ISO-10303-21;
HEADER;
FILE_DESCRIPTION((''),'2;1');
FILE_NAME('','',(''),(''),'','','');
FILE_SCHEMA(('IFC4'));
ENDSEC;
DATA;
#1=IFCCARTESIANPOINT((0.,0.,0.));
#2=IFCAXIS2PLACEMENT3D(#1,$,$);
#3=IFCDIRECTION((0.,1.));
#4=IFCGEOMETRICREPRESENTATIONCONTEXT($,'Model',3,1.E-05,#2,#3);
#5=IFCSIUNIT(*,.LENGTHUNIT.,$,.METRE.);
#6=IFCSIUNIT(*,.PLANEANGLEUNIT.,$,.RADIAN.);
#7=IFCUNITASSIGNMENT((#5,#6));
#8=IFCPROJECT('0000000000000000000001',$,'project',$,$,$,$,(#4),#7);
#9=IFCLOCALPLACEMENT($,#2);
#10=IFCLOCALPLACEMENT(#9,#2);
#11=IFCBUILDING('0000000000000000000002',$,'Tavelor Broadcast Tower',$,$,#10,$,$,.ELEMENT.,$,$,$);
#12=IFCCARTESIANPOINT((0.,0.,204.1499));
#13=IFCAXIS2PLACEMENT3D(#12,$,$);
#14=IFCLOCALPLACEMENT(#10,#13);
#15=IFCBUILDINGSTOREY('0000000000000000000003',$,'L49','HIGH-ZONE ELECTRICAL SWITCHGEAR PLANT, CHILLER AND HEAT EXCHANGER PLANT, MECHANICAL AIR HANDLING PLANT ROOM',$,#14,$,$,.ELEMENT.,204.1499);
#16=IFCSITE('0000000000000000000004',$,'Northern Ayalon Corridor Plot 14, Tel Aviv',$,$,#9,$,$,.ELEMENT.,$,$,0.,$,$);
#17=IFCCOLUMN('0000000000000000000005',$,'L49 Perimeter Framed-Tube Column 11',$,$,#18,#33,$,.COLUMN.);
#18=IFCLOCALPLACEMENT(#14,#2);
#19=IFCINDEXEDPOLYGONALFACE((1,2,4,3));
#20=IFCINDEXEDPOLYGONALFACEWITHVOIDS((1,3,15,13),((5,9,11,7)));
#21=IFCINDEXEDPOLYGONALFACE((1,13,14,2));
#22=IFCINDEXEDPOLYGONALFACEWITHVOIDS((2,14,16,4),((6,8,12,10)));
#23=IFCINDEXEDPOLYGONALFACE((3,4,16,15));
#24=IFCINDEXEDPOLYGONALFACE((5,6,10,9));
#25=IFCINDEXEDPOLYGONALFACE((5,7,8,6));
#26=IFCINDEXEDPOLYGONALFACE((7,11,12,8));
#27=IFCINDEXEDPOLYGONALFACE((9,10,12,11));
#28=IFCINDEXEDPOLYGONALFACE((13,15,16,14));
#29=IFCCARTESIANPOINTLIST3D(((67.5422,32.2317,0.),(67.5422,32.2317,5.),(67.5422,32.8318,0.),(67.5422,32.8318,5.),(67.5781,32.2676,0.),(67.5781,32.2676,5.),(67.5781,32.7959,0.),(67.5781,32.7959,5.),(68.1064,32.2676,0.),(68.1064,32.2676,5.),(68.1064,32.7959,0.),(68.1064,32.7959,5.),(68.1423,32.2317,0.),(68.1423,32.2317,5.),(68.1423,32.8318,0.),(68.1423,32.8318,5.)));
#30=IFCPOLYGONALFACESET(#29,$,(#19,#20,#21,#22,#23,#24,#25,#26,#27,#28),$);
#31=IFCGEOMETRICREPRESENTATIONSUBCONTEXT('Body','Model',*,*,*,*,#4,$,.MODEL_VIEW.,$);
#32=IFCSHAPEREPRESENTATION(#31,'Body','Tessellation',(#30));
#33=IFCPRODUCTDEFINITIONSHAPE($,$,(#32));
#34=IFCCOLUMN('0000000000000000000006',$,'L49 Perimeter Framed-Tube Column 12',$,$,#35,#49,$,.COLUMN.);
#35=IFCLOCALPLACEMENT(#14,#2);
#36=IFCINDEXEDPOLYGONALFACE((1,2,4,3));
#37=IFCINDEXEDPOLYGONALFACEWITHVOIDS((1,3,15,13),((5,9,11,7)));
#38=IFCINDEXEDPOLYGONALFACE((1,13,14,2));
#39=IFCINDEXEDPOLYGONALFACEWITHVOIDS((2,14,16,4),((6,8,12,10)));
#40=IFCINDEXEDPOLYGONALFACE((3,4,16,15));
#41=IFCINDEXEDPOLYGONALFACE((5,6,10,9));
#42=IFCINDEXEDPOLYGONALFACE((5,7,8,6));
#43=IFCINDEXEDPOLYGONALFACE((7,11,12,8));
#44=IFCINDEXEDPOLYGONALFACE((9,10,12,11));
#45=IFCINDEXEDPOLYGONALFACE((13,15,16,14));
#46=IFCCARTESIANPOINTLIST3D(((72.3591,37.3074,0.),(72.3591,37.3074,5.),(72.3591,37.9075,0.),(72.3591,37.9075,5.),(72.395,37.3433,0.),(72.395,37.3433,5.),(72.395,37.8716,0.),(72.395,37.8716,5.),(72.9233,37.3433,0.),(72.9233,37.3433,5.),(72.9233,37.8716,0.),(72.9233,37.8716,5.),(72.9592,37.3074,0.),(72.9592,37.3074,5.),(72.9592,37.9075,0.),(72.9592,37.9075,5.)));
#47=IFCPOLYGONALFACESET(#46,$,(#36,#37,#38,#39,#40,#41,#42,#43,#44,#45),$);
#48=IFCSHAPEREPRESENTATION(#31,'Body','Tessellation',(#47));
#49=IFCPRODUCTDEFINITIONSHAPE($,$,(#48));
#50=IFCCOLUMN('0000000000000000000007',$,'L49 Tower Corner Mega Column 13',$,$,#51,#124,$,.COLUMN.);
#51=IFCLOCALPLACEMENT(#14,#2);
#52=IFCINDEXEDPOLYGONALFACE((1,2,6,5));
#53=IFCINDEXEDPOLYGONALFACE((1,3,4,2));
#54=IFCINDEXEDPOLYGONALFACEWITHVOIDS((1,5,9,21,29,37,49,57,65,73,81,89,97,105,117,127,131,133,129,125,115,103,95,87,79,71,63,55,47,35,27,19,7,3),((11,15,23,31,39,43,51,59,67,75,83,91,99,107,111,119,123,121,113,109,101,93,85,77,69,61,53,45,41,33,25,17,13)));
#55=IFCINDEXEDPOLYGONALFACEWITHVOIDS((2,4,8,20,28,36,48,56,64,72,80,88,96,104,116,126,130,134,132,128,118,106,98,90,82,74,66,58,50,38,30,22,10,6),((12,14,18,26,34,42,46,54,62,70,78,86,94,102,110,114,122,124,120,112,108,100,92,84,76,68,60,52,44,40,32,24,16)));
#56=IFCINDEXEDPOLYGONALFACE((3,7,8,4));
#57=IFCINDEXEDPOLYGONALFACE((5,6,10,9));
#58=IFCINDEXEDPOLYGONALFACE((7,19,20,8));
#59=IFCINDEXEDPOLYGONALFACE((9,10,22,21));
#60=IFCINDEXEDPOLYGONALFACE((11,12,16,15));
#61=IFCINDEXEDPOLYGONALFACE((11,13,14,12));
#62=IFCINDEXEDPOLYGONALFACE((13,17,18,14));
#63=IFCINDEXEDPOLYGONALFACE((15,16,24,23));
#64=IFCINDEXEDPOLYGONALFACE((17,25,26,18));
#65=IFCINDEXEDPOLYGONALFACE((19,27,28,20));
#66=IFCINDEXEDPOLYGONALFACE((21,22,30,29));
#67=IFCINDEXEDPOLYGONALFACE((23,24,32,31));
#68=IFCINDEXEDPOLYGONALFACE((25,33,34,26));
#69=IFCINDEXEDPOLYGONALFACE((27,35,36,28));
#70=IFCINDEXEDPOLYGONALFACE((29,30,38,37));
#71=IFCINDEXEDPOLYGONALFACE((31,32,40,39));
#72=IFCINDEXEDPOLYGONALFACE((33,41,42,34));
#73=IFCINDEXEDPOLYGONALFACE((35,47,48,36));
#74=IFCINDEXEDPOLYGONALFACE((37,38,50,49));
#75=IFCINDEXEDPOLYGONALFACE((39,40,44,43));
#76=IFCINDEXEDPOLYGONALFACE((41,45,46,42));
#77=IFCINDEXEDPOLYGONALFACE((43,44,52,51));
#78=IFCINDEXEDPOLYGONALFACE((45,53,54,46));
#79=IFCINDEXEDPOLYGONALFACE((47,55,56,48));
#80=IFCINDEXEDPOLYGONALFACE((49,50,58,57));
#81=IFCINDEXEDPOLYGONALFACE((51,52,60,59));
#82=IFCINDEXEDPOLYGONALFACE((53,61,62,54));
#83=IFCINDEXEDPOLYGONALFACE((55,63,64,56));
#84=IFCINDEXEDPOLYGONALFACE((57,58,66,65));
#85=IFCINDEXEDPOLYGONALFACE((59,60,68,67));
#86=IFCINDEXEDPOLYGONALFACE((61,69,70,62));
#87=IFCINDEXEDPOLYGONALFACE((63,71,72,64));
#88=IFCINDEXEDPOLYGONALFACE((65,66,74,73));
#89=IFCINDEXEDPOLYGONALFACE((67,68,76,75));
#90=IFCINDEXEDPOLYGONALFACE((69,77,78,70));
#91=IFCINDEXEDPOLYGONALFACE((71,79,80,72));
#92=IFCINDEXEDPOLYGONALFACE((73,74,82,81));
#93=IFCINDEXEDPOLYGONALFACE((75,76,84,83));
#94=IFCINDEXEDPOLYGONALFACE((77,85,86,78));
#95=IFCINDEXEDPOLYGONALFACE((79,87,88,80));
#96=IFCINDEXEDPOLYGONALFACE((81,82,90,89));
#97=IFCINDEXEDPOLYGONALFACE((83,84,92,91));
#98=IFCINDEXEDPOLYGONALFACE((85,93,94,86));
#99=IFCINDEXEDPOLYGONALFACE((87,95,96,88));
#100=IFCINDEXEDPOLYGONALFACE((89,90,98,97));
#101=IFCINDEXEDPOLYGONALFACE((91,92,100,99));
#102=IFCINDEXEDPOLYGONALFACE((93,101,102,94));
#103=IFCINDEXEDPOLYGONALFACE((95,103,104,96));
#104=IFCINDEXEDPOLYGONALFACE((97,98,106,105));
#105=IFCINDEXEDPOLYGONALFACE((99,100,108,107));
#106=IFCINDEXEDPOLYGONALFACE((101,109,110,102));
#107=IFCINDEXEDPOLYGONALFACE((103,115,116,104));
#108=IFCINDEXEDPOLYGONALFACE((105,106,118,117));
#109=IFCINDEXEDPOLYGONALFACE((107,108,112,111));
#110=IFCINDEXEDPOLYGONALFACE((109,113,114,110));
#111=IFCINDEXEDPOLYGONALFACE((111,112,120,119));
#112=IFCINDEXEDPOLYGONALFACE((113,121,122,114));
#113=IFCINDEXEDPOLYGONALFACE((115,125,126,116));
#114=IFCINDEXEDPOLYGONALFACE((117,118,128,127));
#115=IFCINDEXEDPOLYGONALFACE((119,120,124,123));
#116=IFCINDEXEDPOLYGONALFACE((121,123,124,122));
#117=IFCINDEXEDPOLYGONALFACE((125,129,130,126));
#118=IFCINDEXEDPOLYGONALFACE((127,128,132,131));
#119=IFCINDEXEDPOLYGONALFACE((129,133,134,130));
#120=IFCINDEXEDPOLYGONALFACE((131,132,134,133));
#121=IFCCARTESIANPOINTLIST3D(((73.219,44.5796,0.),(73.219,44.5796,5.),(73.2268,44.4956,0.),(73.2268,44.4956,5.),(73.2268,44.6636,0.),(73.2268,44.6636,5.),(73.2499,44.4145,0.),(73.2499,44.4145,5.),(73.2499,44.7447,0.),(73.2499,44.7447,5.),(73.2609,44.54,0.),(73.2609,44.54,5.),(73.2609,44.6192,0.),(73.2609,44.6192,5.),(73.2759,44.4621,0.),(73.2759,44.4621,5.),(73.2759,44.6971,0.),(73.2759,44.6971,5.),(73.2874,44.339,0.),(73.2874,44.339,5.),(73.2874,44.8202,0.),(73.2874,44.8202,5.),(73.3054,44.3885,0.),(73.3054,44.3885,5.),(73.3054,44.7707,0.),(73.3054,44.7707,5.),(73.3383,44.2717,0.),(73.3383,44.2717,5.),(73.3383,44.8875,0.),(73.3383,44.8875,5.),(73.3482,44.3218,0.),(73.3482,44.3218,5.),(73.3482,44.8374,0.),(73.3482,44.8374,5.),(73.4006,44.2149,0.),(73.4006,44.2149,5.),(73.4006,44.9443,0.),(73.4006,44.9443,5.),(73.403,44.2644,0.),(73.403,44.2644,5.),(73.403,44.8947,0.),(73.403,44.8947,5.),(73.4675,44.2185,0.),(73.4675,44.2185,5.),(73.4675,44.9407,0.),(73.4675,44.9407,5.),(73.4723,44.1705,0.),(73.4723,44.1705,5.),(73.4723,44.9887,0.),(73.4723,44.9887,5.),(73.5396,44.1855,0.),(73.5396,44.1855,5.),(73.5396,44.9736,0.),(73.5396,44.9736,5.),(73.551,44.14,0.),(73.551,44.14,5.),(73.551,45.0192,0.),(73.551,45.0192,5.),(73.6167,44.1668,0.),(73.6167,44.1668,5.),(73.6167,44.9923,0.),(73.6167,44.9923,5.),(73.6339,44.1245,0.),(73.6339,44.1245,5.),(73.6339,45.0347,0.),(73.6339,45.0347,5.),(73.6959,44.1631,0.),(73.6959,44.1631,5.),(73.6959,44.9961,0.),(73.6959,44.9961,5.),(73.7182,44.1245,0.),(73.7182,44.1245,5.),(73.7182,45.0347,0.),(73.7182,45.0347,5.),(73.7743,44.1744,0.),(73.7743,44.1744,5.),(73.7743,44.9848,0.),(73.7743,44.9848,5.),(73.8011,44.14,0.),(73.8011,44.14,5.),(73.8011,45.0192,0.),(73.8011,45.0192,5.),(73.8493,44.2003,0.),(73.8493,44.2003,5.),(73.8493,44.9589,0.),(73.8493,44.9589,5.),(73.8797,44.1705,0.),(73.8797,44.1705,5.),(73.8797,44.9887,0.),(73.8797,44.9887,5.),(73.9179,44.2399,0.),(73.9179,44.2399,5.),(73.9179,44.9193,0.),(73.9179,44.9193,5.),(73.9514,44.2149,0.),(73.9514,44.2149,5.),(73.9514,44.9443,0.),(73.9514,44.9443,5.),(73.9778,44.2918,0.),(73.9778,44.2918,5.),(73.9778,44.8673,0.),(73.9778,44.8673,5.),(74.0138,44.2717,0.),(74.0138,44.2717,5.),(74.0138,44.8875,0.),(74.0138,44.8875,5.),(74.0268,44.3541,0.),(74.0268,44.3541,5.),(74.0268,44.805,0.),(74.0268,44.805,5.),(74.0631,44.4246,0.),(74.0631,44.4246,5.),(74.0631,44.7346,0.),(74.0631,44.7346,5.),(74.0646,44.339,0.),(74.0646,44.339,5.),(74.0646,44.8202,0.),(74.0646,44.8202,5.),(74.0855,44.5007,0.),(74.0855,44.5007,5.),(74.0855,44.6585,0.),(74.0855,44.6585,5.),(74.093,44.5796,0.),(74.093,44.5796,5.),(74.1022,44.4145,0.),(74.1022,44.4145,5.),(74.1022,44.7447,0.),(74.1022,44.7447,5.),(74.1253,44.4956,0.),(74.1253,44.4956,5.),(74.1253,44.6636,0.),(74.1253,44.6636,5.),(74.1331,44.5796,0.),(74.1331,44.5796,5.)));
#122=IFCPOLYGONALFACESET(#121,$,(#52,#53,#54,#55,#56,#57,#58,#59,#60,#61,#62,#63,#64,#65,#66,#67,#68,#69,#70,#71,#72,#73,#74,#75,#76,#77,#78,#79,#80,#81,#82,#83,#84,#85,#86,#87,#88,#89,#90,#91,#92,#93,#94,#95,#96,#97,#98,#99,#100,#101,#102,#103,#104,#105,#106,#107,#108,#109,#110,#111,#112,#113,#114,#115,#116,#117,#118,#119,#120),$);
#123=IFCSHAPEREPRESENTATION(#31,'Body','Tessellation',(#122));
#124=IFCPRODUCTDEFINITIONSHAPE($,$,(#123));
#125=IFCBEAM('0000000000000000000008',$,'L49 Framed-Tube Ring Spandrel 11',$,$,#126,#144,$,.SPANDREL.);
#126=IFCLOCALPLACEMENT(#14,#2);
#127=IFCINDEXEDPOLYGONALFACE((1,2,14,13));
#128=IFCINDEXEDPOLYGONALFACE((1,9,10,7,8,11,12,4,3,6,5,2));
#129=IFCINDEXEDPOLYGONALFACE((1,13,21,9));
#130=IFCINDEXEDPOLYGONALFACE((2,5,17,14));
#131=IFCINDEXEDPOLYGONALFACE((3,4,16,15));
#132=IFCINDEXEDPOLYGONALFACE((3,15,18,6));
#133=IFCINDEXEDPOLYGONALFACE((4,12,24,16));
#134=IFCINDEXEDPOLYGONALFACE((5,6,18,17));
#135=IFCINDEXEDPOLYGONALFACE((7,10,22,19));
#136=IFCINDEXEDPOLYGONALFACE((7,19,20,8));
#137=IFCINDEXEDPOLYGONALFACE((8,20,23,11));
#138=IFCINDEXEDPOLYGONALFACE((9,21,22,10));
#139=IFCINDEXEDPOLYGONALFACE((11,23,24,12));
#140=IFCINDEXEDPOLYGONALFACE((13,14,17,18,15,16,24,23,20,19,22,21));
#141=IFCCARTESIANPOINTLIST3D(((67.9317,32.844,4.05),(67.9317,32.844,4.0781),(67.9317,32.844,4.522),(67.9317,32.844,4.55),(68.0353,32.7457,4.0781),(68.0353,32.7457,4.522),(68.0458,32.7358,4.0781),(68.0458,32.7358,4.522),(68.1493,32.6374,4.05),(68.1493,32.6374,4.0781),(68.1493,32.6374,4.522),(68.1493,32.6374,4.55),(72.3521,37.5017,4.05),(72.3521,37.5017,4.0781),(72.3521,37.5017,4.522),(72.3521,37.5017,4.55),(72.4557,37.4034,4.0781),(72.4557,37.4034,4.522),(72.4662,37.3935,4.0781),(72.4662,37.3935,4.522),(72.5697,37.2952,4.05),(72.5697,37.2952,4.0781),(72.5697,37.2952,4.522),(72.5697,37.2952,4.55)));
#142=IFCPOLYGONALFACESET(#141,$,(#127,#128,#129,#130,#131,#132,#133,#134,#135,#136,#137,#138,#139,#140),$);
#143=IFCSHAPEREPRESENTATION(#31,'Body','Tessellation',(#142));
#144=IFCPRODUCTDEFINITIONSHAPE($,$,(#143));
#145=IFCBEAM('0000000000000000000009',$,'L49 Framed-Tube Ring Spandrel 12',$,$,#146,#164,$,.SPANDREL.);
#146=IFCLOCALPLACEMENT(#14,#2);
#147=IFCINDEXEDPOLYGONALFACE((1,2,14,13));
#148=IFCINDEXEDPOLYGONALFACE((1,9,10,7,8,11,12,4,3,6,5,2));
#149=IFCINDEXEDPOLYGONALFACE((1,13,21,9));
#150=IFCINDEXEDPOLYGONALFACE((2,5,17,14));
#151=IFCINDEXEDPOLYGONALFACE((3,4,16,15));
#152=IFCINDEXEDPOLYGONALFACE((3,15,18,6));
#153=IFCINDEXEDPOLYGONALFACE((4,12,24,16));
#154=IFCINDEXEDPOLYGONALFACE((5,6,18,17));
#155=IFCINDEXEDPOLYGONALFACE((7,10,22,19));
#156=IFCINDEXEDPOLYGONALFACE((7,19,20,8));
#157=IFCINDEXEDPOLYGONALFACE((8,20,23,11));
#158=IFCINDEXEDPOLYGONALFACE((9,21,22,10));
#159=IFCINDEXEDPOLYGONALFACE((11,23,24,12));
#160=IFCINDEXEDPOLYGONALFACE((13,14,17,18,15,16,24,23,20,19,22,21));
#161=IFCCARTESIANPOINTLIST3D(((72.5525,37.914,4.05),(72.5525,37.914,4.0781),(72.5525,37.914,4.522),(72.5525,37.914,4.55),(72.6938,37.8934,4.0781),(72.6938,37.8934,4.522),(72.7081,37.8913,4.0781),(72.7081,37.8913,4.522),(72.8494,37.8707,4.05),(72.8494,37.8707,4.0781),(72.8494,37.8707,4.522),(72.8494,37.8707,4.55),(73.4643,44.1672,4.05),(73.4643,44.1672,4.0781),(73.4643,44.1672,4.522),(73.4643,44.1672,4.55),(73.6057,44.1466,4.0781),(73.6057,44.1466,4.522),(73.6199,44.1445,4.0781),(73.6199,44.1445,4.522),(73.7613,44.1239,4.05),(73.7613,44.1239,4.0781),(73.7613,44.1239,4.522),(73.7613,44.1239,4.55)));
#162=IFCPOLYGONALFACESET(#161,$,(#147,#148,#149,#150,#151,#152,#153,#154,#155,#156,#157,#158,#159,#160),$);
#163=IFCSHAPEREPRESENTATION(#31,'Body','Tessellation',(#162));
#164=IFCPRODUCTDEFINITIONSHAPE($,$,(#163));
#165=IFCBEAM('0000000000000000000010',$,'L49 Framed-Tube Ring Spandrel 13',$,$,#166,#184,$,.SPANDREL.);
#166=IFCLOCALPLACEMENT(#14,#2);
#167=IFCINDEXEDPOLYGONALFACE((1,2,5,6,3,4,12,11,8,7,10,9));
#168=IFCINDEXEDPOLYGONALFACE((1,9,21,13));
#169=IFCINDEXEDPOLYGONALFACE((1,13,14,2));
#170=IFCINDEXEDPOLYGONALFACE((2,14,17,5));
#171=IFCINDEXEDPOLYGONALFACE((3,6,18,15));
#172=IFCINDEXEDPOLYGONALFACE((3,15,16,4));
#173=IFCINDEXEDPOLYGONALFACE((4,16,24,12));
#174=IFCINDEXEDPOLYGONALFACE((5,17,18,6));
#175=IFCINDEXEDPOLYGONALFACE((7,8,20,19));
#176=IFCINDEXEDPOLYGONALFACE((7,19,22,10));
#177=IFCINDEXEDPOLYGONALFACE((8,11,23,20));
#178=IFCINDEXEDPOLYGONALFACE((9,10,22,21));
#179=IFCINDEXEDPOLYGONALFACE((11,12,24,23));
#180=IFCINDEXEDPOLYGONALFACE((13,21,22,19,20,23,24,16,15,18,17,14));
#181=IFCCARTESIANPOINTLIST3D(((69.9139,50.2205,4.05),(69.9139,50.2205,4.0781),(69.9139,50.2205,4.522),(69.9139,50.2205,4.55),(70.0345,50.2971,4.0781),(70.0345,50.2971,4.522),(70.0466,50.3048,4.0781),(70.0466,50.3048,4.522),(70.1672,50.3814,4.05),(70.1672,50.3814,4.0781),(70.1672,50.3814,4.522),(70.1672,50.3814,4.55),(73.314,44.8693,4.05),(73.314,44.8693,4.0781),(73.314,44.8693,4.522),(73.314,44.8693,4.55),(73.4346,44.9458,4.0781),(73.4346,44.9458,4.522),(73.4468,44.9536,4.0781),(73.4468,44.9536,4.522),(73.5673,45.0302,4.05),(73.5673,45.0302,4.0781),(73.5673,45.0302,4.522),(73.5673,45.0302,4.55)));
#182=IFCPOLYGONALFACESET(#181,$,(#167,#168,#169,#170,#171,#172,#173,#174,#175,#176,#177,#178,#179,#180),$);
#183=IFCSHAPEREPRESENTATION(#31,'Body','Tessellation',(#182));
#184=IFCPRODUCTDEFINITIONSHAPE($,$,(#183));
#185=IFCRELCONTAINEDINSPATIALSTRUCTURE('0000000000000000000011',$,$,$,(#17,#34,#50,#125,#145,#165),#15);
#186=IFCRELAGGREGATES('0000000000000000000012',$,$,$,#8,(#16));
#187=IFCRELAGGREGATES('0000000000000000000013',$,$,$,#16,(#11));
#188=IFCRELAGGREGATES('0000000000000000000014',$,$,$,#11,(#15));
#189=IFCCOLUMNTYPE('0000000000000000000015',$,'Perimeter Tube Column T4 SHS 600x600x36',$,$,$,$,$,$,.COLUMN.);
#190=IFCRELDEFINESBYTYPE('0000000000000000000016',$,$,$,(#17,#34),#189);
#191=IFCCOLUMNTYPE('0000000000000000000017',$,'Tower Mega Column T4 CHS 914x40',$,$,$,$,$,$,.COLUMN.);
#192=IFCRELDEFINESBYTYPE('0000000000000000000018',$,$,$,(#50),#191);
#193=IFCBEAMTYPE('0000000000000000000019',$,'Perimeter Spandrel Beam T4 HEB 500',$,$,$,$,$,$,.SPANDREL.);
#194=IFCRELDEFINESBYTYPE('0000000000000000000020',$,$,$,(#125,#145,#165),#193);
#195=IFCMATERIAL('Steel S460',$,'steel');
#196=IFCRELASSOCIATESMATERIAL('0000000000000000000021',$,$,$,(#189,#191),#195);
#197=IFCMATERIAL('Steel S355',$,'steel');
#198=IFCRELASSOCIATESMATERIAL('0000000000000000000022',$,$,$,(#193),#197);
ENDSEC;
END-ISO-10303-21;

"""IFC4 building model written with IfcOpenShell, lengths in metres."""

from ifc_helpers import new_model, si_unit, direction, frame, origin, origin_2d, place, context, subcontext, project, spatial, hollow_rectangle, hollow_circle, i_section, extrude, material, material_profile, profile_set, type_object, element, save


model = new_model("IFC4")

# Units and contexts
model_context = context("Model", 3, precision=1e-05, world=origin(), true_north=direction((0.0, 1.0)))
body_context = subcontext(model_context, "Body", "Model", "MODEL_VIEW")
ifc_project = project(units=[si_unit("LENGTHUNIT", "METRE"), si_unit("PLANEANGLEUNIT", "RADIAN")], contexts=[model_context])

# Site, building, storey
site_placement = place(None, origin())
site = spatial("IfcSite", under=ifc_project, at=site_placement, Name="Northern Ayalon Corridor Plot 14, Tel Aviv", CompositionType="ELEMENT", RefElevation=0.0)
building_placement = place(site_placement, origin())
building = spatial("IfcBuilding", under=site, at=building_placement, Name="Tavelor Broadcast Tower", CompositionType="ELEMENT")
storey_placement = place(building_placement, frame((0.0, 0.0, 204.1499)))
storey = spatial("IfcBuildingStorey", under=building, at=storey_placement, Name="L49", Description="HIGH-ZONE ELECTRICAL SWITCHGEAR PLANT, CHILLER AND HEAT EXCHANGER PLANT, MECHANICAL AIR HANDLING PLANT ROOM", CompositionType="ELEMENT", Elevation=204.1499)

# Columns
ifc_material_1 = material(Name="Steel S460", Category="steel")
ifc_material_profile_1 = material_profile(ifc_material_1, hollow_rectangle(XDim=0.6001, YDim=0.6001, WallThickness=0.0359, at=origin_2d()), Name="SHS 600x600x36")
ifc_profile_set_1 = profile_set([ifc_material_profile_1], Name="Steel S460")
column_type_1 = type_object("IfcColumnType", Name="Perimeter Tube Column T4 SHS 600x600x36", PredefinedType="COLUMN", material=ifc_profile_set_1)
for number, where, z_axis, x_axis, name in (
    (1, (67.8423, 32.5317, 0.0), (0.0, 0.0, 1.0), (1.0, 0.0, 0.0), "L49 Perimeter Framed-Tube Column 11"),
    (2, (72.6592, 37.6074, 0.0), (0.0, 0.0, 1.0), (1.0, 0.0, 0.0), "L49 Perimeter Framed-Tube Column 12"),
):
    element("IfcColumn", number, at=place(storey_placement, frame(where, z_axis=z_axis, x_axis=x_axis)), inside=storey, type_object=column_type_1, Name=name, PredefinedType="COLUMN", context=body_context, shape_type="SweptSolid", body=[
        extrude(hollow_rectangle(XDim=0.6001, YDim=0.6001, WallThickness=0.0359, at=origin_2d()), origin(), (0.0, 0.0, 1.0), 5.0),
    ])
ifc_material_profile_2 = material_profile(ifc_material_1, hollow_circle(Radius=0.457, WallThickness=0.04, at=origin_2d()), Name="CHS 914x40")
ifc_profile_set_2 = profile_set([ifc_material_profile_2], Name="Steel S460")
column_type_2 = type_object("IfcColumnType", Name="Tower Mega Column T4 CHS 914x40", PredefinedType="COLUMN", material=ifc_profile_set_2)
column_placement = place(storey_placement, frame((73.676, 44.5796, 0.0), z_axis=(0.0, 0.0, 1.0), x_axis=(1.0, 0.0, 0.0)))
element("IfcColumn", 3, at=column_placement, inside=storey, type_object=column_type_2, Name="L49 Tower Corner Mega Column 13", PredefinedType="COLUMN", context=body_context, shape_type="SweptSolid", body=[
    extrude(hollow_circle(Radius=0.457, WallThickness=0.04, at=origin_2d()), origin(), (0.0, 0.0, 1.0), 5.0),
])

# Beams
ifc_material_2 = material(Name="Steel S355", Category="steel")
ifc_material_profile_3 = material_profile(ifc_material_2, i_section(OverallWidth=0.3, OverallDepth=0.5, WebThickness=0.0144, FlangeThickness=0.0281, at=origin_2d()), Name="HEB 500")
ifc_profile_set_3 = profile_set([ifc_material_profile_3], Name="Steel S355")
beam_type = type_object("IfcBeamType", Name="Perimeter Spandrel Beam T4 HEB 500", PredefinedType="SPANDREL", material=ifc_profile_set_3)
beam_1_placement = place(storey_placement, frame((68.0405, 32.7407, 4.3), z_axis=(0.688388, 0.725343, 0.0), x_axis=(-0.725343, 0.688388, 0.0)))
element("IfcBeam", 4, at=beam_1_placement, inside=storey, type_object=beam_type, Name="L49 Framed-Tube Ring Spandrel 11", PredefinedType="SPANDREL", context=body_context, shape_type="SweptSolid", body=[
    extrude(i_section(OverallWidth=0.3, OverallDepth=0.5, WebThickness=0.0144, FlangeThickness=0.0281, at=origin_2d()), origin(), (0.0, 0.0, 1.0), 6.4214),
])
beam_2_placement = place(storey_placement, frame((72.7009, 37.8923, 4.3), z_axis=(0.144298, 0.989534, 0.0), x_axis=(-0.989534, 0.144298, 0.0)))
element("IfcBeam", 5, at=beam_2_placement, inside=storey, type_object=beam_type, Name="L49 Framed-Tube Ring Spandrel 12", PredefinedType="SPANDREL", context=body_context, shape_type="SweptSolid", body=[
    extrude(i_section(OverallWidth=0.3, OverallDepth=0.5, WebThickness=0.0144, FlangeThickness=0.0281, at=origin_2d()), origin(), (0.0, 0.0, 1.0), 6.3193),
])
beam_3_placement = place(storey_placement, frame((73.4407, 44.9497, 4.3), z_axis=(-0.536287, 0.844035, 0.0), x_axis=(-0.844035, -0.536287, 0.0)))
element("IfcBeam", 6, at=beam_3_placement, inside=storey, type_object=beam_type, Name="L49 Framed-Tube Ring Spandrel 13", PredefinedType="SPANDREL", context=body_context, shape_type="SweptSolid", body=[
    extrude(i_section(OverallWidth=0.3, OverallDepth=0.5, WebThickness=0.0144, FlangeThickness=0.0281, at=origin_2d()), origin(), (0.0, 0.0, 1.0), 6.3401),
])

save(model, "model.ifc")
